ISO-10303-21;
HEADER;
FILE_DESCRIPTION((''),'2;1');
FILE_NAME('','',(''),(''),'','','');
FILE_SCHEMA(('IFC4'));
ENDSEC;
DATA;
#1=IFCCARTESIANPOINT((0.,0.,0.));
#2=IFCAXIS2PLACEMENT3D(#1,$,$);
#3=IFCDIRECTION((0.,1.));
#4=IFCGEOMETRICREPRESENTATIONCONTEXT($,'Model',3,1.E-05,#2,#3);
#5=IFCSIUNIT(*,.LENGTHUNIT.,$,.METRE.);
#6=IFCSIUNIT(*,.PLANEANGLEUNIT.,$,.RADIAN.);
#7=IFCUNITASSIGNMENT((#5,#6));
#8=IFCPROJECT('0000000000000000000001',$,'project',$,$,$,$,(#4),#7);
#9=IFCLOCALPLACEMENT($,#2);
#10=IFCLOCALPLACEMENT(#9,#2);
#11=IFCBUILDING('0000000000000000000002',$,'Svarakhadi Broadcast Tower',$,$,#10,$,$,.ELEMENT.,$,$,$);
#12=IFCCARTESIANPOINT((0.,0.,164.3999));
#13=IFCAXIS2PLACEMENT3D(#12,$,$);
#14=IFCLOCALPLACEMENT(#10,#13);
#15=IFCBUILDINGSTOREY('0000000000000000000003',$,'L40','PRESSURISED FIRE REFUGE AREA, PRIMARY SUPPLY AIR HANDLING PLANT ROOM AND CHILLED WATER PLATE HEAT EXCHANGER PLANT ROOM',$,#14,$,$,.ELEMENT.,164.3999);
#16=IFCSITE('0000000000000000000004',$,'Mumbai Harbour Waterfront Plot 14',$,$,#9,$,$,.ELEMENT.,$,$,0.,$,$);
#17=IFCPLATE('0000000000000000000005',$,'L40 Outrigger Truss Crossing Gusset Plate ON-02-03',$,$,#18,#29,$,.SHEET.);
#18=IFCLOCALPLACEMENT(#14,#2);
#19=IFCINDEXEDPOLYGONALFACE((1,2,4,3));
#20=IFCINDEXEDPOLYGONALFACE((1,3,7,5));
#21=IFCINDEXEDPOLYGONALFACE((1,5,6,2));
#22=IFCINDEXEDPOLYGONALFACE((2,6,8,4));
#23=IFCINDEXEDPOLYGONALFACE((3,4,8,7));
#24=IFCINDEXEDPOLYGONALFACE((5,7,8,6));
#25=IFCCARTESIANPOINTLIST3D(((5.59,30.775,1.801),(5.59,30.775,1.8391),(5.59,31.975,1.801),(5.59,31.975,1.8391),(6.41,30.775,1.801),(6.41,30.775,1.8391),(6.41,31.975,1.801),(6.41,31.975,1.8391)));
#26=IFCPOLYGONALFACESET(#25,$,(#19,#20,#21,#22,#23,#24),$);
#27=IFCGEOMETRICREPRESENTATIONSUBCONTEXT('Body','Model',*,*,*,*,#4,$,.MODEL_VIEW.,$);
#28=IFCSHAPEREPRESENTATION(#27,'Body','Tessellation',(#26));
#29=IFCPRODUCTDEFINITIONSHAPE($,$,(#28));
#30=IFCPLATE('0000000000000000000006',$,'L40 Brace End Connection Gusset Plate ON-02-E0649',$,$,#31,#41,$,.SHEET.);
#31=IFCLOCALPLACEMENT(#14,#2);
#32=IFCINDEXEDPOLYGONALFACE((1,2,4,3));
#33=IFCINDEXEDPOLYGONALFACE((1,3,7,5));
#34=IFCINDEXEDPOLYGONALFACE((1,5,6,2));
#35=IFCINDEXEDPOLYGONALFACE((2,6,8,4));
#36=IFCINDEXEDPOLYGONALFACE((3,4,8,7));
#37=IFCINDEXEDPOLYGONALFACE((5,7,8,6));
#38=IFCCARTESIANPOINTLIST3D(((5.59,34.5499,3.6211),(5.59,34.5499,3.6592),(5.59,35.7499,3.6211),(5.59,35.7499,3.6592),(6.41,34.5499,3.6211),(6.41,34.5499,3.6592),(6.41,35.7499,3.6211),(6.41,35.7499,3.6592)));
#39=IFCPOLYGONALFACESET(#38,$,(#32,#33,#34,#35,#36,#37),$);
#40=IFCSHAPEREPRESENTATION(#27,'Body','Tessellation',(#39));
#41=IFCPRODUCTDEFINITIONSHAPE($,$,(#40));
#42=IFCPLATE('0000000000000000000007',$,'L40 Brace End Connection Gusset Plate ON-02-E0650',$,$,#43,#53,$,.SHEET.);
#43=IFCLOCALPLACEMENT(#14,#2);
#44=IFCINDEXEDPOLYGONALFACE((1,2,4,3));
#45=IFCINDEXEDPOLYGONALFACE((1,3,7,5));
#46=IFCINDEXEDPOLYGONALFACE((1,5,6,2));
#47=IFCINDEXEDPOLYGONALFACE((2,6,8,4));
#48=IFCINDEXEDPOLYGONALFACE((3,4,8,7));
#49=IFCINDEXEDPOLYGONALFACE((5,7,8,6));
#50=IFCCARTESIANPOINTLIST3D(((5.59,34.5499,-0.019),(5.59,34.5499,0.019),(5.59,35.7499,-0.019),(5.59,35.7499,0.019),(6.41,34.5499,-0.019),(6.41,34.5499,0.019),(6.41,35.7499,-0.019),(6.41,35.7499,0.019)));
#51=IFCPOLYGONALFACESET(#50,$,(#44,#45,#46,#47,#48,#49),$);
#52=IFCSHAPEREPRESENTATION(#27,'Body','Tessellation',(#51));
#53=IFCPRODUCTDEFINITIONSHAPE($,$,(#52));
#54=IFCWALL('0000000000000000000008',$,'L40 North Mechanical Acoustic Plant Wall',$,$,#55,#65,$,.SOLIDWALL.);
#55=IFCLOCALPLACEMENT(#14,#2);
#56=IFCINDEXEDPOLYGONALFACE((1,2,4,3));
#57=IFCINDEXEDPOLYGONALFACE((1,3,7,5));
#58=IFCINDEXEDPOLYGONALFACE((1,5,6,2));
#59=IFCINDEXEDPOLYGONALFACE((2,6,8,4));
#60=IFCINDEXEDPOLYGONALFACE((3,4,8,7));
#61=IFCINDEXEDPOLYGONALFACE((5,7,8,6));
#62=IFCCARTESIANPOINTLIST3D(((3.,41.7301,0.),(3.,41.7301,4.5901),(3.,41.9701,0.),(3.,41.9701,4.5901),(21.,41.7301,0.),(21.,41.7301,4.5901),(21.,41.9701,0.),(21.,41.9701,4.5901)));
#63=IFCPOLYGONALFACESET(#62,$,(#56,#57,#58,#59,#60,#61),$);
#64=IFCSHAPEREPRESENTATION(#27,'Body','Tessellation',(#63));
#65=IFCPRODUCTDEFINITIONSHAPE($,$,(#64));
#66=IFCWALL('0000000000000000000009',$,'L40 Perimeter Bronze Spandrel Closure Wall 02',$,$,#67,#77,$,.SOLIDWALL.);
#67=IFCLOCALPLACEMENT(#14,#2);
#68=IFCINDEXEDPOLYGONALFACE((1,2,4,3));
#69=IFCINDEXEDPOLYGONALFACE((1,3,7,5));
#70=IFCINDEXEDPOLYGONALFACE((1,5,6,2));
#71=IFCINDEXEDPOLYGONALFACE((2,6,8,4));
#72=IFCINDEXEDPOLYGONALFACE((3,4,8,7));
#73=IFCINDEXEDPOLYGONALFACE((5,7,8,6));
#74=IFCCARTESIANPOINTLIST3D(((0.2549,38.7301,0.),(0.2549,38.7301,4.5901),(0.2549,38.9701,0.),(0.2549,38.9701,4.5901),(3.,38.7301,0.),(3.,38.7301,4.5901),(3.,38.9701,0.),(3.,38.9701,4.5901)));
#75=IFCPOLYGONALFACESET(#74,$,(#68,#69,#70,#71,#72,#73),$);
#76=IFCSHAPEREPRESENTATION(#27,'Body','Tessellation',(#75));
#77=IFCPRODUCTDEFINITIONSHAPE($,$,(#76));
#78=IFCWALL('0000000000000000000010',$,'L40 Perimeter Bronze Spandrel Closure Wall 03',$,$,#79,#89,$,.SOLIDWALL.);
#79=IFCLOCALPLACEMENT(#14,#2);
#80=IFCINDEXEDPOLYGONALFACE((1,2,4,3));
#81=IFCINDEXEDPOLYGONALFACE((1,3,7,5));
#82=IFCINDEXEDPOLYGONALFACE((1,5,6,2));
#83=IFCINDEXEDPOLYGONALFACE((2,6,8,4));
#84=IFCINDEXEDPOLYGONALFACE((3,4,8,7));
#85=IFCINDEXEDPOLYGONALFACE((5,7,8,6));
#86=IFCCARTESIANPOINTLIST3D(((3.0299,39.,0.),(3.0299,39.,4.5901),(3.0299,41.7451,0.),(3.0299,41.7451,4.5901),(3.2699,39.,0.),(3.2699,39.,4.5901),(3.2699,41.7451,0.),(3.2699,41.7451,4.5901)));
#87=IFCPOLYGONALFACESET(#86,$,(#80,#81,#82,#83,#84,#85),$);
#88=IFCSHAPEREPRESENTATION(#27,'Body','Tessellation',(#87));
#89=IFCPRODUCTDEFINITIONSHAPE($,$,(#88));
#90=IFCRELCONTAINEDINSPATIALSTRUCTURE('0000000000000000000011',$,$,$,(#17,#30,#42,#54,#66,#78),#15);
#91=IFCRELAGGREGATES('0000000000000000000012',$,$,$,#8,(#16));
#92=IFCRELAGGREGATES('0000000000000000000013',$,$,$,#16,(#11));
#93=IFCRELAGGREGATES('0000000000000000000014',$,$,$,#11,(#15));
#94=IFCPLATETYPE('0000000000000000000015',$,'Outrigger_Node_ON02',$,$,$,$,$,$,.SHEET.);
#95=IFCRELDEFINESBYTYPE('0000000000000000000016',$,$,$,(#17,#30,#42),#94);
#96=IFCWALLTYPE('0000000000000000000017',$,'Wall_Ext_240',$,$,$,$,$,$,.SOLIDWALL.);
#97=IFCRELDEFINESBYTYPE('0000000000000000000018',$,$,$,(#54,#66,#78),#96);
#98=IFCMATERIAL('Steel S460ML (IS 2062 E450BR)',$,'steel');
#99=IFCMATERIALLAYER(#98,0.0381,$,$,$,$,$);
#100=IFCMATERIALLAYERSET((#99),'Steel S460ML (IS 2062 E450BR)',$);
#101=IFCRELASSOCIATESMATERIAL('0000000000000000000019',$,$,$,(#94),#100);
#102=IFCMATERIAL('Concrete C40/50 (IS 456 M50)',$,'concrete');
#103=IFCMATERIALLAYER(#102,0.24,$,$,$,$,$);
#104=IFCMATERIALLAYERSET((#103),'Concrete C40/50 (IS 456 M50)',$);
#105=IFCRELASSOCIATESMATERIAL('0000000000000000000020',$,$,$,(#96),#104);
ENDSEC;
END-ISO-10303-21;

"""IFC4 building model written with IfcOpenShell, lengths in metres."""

from ifc_helpers import new_model, si_unit, direction, frame, frame_2d, origin, origin_2d, place, context, subcontext, project, spatial, rectangle, extrude, material, layer, layer_set, type_object, element, save


model = new_model("IFC4")

# Units and contexts
model_context = context("Model", 3, precision=1e-05, world=origin(), true_north=direction((0.0, 1.0)))
body_context = subcontext(model_context, "Body", "Model", "MODEL_VIEW")
ifc_project = project(units=[si_unit("LENGTHUNIT", "METRE"), si_unit("PLANEANGLEUNIT", "RADIAN")], contexts=[model_context])

# Site, building, storey
site_placement = place(None, origin())
site = spatial("IfcSite", under=ifc_project, at=site_placement, Name="Mumbai Harbour Waterfront Plot 14", CompositionType="ELEMENT", RefElevation=0.0)
building_placement = place(site_placement, origin())
building = spatial("IfcBuilding", under=site, at=building_placement, Name="Svarakhadi Broadcast Tower", CompositionType="ELEMENT")
storey_placement = place(building_placement, frame((0.0, 0.0, 164.3999)))
storey = spatial("IfcBuildingStorey", under=building, at=storey_placement, Name="L40", Description="PRESSURISED FIRE REFUGE AREA, PRIMARY SUPPLY AIR HANDLING PLANT ROOM AND CHILLED WATER PLATE HEAT EXCHANGER PLANT ROOM", CompositionType="ELEMENT", Elevation=164.3999)

# Shared definitions
ifc_material_1 = material(Name="Steel S460ML (IS 2062 E450BR)", Category="steel")

# Plates
ifc_layer_1 = layer(ifc_material_1, 0.0381)
ifc_layer_set_1 = layer_set([ifc_layer_1], Name="Steel S460ML (IS 2062 E450BR)")
plate_type_1 = type_object("IfcPlateType", Name="Outrigger_Node_ON02", PredefinedType="SHEET", material=ifc_layer_set_1)
for number, where, z_axis, x_axis, name in (
    (1, (6.0, 31.375, 1.801), (0.0, 0.0, 1.0), (0.0, 1.0, 0.0), "L40 Outrigger Truss Crossing Gusset Plate ON-02-03"),
    (2, (6.0, 35.1499, 3.6211), (0.0, 0.0, 1.0), (0.0, 1.0, 0.0), "L40 Brace End Connection Gusset Plate ON-02-E0649"),
    (3, (6.0, 35.1499, -0.019), (0.0, 0.0, 1.0), (0.0, 1.0, 0.0), "L40 Brace End Connection Gusset Plate ON-02-E0650"),
):
    element("IfcPlate", number, at=place(storey_placement, frame(where, z_axis=z_axis, x_axis=x_axis)), inside=storey, type_object=plate_type_1, Name=name, PredefinedType="SHEET", context=body_context, shape_type="SweptSolid", body=[
        extrude(rectangle(XDim=1.2, YDim=0.8201, at=origin_2d()), origin(), (0.0, 0.0, 1.0), 0.0381),
    ])

# Walls
ifc_material_2 = material(Name="Concrete C40/50 (IS 456 M50)", Category="concrete")
ifc_layer_2 = layer(ifc_material_2, 0.24)
ifc_layer_set_2 = layer_set([ifc_layer_2], Name="Concrete C40/50 (IS 456 M50)")
wall_type = type_object("IfcWallType", Name="Wall_Ext_240", PredefinedType="SOLIDWALL", material=ifc_layer_set_2)
wall_placement = place(storey_placement, frame((3.0, 41.8501, 0.0), z_axis=(0.0, 0.0, 1.0), x_axis=(1.0, 0.0, 0.0)))
element("IfcWall", 4, at=wall_placement, inside=storey, type_object=wall_type, Name="L40 North Mechanical Acoustic Plant Wall", PredefinedType="SOLIDWALL", context=body_context, shape_type="SweptSolid", body=[
    extrude(rectangle(XDim=18.0, YDim=0.24, at=frame_2d((9.0, 0.0))), origin(), (0.0, 0.0, 1.0), 4.5901),
])
for number, where, z_axis, x_axis, name in (
    (5, (0.2549, 38.8501, 0.0), (0.0, 0.0, 1.0), (1.0, 0.0, 0.0), "L40 Perimeter Bronze Spandrel Closure Wall 02"),
    (6, (3.1499, 39.0, 0.0), (0.0, 0.0, 1.0), (0.0, 1.0, 0.0), "L40 Perimeter Bronze Spandrel Closure Wall 03"),
):
    element("IfcWall", number, at=place(storey_placement, frame(where, z_axis=z_axis, x_axis=x_axis)), inside=storey, type_object=wall_type, Name=name, PredefinedType="SOLIDWALL", context=body_context, shape_type="SweptSolid", body=[
        extrude(rectangle(XDim=2.7451, YDim=0.24, at=frame_2d((1.3726, 0.0))), origin(), (0.0, 0.0, 1.0), 4.5901),
    ])

save(model, "model.ifc")
